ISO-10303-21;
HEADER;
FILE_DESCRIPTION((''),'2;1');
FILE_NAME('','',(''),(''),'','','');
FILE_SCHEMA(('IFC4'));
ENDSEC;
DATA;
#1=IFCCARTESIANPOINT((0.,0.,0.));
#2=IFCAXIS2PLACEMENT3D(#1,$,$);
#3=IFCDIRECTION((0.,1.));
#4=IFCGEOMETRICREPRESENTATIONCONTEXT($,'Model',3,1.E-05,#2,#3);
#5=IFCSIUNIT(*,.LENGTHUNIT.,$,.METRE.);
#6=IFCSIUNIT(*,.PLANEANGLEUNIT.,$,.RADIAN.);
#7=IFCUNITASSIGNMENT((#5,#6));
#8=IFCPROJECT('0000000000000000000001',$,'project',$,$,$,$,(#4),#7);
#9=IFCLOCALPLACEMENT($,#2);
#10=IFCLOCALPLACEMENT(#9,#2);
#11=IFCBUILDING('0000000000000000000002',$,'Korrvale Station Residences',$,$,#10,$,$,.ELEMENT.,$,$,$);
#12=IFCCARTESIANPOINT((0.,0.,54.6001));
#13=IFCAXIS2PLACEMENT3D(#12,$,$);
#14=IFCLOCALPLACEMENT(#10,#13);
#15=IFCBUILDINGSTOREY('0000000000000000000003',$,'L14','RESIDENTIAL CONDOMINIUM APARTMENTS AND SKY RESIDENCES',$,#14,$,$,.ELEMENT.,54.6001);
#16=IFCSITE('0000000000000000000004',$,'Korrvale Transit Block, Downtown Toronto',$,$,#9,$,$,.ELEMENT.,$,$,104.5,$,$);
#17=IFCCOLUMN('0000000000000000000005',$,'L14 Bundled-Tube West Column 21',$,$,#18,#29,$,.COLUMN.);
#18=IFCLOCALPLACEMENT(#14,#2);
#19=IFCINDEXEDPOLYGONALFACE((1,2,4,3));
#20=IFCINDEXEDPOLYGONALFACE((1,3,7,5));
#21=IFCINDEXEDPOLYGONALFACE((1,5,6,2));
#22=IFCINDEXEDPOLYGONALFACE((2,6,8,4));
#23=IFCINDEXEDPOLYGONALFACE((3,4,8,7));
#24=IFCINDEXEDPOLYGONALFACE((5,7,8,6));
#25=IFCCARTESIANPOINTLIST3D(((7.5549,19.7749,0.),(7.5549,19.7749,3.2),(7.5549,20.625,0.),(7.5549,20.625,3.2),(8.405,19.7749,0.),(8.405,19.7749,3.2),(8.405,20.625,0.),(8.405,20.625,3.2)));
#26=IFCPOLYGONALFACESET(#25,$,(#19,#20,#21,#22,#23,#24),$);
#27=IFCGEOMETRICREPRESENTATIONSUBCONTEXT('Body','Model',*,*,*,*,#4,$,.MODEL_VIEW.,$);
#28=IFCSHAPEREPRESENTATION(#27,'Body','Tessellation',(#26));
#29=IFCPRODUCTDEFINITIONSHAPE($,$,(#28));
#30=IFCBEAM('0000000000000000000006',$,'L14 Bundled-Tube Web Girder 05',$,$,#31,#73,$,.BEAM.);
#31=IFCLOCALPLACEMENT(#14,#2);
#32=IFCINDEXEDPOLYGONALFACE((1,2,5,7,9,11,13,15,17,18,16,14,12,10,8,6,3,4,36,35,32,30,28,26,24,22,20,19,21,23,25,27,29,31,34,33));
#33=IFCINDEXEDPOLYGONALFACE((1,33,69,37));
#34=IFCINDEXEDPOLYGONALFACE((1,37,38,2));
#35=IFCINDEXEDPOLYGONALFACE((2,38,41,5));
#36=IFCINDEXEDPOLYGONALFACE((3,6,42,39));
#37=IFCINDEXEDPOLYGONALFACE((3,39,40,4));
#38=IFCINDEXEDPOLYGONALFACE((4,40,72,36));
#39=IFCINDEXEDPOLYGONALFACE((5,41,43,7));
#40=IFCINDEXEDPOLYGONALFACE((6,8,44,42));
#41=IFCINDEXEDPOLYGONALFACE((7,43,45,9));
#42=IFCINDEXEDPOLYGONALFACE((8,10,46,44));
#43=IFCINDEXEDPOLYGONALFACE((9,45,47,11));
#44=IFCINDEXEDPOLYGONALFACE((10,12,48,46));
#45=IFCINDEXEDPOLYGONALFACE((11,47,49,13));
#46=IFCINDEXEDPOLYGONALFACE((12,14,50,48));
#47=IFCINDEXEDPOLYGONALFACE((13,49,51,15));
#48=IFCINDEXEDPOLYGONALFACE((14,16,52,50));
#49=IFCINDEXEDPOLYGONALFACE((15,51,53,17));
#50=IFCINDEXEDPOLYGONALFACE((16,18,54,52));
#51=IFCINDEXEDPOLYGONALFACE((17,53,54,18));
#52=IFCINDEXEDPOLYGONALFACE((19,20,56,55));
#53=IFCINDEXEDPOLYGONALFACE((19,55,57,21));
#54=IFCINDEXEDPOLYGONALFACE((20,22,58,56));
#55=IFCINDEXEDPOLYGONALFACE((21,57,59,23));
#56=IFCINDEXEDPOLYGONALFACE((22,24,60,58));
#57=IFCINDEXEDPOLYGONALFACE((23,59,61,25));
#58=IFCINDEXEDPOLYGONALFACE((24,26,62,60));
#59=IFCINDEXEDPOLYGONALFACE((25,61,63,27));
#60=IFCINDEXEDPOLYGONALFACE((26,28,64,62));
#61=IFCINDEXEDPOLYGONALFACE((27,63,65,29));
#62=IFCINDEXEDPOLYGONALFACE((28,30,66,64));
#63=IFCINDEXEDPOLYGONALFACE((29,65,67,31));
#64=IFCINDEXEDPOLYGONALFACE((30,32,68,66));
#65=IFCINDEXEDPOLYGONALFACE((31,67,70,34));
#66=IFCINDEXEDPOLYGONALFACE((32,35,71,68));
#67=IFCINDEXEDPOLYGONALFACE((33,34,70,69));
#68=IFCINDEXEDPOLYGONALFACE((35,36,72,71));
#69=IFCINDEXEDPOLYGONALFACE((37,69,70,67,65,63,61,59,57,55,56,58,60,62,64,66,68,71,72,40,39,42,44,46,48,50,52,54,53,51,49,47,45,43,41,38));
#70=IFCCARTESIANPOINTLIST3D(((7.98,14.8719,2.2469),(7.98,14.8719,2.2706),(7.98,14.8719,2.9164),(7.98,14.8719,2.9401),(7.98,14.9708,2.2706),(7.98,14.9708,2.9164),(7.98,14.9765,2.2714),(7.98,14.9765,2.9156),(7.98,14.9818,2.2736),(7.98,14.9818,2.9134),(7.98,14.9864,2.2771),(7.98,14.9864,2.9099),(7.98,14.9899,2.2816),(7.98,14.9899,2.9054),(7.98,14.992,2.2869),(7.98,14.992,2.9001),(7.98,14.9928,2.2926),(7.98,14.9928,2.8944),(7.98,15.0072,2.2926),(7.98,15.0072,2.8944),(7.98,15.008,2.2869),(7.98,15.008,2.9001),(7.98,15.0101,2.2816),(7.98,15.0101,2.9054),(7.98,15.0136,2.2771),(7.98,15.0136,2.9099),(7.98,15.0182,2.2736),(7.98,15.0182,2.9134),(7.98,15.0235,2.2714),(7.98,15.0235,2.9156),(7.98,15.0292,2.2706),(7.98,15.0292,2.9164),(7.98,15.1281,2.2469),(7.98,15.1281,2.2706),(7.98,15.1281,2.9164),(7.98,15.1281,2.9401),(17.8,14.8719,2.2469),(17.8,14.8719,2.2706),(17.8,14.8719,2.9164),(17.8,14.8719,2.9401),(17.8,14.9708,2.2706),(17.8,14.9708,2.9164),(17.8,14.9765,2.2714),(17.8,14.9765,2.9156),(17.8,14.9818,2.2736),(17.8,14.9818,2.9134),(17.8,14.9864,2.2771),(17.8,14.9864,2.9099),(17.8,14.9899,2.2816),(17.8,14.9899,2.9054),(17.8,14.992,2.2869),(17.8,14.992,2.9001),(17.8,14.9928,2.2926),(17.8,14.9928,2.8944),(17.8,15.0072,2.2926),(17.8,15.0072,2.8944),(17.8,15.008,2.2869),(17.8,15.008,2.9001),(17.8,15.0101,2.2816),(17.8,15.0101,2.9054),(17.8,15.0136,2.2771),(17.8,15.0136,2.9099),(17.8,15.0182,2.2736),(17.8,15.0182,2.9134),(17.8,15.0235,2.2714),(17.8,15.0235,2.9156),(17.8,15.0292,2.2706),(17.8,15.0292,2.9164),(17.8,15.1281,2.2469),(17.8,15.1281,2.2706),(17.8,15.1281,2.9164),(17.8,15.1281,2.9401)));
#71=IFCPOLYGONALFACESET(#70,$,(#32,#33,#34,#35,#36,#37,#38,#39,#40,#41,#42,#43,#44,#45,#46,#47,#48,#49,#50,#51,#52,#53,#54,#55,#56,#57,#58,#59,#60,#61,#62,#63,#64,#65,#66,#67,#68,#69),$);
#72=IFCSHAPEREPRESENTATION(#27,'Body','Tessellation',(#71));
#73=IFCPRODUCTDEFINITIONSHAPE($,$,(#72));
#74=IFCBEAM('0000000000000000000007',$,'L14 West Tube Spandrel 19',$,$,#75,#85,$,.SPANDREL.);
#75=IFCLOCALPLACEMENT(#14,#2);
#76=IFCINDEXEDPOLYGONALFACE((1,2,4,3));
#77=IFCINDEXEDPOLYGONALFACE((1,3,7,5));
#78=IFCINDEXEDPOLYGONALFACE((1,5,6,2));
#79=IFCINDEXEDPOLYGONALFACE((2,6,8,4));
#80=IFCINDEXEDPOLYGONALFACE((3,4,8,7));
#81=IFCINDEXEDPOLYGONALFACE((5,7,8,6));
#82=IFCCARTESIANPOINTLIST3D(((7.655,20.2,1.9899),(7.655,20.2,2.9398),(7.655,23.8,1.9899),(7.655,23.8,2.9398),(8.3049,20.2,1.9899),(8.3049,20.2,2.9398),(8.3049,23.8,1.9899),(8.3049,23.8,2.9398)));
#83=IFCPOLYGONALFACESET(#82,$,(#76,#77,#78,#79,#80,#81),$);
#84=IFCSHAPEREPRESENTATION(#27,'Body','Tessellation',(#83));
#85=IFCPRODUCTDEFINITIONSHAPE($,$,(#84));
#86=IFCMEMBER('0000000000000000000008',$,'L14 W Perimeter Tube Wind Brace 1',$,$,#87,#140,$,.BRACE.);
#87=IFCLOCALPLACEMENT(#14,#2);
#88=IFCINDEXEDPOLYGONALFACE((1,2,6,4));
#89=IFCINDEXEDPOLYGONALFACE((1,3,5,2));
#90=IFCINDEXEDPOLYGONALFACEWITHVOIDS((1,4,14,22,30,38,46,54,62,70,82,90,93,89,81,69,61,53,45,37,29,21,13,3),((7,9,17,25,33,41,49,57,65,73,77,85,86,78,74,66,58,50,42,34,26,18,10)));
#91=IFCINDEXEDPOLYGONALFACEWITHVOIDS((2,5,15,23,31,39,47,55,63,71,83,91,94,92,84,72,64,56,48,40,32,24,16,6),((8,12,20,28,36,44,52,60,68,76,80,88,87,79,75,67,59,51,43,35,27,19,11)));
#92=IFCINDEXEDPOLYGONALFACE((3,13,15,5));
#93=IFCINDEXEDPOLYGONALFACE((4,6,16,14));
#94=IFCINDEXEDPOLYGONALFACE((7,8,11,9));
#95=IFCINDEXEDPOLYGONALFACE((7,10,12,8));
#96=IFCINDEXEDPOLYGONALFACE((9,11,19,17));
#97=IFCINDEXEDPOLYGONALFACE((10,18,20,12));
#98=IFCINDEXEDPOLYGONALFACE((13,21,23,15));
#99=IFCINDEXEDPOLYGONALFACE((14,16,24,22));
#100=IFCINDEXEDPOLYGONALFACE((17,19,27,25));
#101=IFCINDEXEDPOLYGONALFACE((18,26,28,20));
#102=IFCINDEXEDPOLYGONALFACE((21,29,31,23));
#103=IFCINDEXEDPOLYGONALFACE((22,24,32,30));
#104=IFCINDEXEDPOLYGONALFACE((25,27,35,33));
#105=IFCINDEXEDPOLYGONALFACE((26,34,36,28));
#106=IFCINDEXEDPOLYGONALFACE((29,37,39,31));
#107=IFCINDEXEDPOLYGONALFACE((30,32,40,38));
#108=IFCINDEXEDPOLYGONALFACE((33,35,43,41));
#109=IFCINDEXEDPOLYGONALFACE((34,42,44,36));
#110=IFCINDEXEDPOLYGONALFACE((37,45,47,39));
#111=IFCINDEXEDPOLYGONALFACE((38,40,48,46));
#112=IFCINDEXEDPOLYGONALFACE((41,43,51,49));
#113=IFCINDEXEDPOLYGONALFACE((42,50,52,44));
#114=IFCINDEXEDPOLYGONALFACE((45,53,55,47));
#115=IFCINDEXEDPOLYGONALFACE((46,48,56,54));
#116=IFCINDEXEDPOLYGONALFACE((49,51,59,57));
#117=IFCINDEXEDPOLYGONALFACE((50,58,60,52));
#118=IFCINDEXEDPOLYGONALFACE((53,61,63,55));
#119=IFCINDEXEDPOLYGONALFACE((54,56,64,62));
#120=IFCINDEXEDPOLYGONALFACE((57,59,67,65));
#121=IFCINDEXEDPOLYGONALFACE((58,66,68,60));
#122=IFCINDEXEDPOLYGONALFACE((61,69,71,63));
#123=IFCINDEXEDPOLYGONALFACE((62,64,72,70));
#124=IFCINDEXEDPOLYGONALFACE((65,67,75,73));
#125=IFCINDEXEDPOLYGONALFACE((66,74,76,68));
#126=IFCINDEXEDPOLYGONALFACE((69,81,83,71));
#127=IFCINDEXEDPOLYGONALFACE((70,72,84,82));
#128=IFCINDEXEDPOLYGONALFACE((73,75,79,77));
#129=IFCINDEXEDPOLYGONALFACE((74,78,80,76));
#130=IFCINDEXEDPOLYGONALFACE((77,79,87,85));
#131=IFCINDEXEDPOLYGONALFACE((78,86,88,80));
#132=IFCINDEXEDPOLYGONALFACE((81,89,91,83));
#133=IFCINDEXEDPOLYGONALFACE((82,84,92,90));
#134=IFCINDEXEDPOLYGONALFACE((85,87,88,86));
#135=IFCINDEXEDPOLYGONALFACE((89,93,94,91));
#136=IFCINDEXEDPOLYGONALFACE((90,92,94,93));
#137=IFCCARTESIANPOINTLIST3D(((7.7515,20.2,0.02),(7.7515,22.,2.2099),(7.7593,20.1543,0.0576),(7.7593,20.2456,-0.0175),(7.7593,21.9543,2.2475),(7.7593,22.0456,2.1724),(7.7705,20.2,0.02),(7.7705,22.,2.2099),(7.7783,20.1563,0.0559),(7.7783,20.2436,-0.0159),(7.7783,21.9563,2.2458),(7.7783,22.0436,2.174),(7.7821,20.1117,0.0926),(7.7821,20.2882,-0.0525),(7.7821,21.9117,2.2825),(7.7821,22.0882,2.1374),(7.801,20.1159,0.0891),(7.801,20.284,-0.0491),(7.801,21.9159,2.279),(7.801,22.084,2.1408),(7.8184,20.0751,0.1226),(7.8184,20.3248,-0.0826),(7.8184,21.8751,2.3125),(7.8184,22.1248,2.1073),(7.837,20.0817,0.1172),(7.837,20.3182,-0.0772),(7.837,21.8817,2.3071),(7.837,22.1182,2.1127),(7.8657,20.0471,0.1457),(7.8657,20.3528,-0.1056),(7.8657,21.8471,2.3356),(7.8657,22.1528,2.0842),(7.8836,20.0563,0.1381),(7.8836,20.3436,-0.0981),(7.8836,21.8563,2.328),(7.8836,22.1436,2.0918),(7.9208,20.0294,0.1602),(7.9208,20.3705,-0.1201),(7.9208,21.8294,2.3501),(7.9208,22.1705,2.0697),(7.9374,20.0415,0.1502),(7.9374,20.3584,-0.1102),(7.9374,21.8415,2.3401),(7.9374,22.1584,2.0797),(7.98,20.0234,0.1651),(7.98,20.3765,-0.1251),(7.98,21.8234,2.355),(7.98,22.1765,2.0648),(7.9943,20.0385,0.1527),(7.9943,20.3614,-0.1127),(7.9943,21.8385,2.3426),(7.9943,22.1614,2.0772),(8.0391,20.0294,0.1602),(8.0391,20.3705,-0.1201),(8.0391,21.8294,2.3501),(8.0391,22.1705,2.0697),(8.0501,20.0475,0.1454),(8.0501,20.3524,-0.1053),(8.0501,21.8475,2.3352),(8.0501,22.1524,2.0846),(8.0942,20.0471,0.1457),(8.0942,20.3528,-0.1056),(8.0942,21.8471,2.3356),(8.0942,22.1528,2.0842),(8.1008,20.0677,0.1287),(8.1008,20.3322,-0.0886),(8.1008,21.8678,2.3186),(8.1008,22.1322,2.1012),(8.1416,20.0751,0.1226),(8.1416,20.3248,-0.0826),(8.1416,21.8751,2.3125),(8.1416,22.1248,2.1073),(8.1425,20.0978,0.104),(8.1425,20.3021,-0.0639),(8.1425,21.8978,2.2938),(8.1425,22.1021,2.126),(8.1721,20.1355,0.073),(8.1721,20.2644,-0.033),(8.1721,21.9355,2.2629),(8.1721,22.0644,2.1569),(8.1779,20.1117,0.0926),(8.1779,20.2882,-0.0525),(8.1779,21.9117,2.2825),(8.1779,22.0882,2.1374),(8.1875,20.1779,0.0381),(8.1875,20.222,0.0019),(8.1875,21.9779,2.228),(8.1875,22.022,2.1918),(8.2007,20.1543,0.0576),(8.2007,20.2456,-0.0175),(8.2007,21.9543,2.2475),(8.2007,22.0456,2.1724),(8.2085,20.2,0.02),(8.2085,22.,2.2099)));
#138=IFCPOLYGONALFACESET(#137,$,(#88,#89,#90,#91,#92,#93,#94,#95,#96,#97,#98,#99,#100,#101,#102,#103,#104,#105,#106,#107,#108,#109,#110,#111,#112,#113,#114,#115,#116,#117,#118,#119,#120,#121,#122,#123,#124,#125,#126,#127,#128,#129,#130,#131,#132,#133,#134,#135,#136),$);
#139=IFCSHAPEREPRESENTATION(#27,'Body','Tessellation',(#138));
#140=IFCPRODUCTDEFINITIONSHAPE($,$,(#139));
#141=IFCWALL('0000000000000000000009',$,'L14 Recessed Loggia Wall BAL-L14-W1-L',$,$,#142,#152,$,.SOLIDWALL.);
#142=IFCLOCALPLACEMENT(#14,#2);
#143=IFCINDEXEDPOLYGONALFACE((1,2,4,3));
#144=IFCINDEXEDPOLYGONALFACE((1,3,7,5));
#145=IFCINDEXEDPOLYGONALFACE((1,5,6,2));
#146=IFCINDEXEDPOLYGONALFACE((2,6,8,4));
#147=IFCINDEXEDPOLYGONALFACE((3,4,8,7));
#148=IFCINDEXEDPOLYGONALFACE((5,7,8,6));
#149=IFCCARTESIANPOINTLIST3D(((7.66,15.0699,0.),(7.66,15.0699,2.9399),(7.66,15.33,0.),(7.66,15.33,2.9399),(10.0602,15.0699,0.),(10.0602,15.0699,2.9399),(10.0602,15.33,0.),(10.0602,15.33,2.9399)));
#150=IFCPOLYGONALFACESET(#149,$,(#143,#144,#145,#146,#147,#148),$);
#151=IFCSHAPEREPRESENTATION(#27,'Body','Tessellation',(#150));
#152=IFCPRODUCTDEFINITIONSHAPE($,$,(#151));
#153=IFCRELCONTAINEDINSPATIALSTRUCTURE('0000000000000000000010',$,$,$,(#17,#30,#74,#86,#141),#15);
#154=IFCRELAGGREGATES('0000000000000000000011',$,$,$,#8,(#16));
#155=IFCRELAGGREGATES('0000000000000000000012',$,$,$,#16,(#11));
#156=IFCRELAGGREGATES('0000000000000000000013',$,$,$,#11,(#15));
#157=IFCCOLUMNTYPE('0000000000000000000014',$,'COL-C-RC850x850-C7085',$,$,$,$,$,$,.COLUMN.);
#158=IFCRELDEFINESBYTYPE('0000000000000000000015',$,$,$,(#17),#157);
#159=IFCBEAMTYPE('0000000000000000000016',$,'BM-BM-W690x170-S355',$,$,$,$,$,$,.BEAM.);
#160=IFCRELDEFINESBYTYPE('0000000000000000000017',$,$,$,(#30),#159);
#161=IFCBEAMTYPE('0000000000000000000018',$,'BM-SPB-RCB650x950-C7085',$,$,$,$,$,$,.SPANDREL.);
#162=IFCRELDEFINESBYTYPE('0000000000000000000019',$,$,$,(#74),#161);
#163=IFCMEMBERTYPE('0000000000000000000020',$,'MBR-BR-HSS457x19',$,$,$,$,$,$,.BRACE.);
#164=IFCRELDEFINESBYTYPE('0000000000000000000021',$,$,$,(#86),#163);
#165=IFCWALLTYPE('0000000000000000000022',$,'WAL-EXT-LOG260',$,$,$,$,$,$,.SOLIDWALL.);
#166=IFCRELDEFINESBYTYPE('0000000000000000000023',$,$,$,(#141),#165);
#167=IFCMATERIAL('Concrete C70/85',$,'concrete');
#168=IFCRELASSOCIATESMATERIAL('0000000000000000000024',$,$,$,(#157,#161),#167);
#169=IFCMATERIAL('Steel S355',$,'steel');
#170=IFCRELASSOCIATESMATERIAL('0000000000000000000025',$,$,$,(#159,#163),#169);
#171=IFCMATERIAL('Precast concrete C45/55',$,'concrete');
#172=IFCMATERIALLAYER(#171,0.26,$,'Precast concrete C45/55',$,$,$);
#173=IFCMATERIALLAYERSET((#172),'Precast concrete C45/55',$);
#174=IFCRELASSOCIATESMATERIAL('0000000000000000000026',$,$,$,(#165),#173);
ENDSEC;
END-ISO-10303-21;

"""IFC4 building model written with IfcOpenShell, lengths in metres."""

from ifc_helpers import new_model, si_unit, direction, frame, frame_2d, origin, origin_2d, place, context, subcontext, project, spatial, rectangle, hollow_circle, i_section, extrude, material, layer, layer_set, material_profile, profile_set, type_object, element, save


model = new_model("IFC4")

# Units and contexts
model_context = context("Model", 3, precision=1e-05, world=origin(), true_north=direction((0.0, 1.0)))
body_context = subcontext(model_context, "Body", "Model", "MODEL_VIEW")
ifc_project = project(units=[si_unit("LENGTHUNIT", "METRE"), si_unit("PLANEANGLEUNIT", "RADIAN")], contexts=[model_context])

# Site, building, storey
site_placement = place(None, origin())
site = spatial("IfcSite", under=ifc_project, at=site_placement, Name="Korrvale Transit Block, Downtown Toronto", CompositionType="ELEMENT", RefElevation=104.5)
building_placement = place(site_placement, origin())
building = spatial("IfcBuilding", under=site, at=building_placement, Name="Korrvale Station Residences", CompositionType="ELEMENT")
storey_placement = place(building_placement, frame((0.0, 0.0, 54.6001)))
storey = spatial("IfcBuildingStorey", under=building, at=storey_placement, Name="L14", Description="RESIDENTIAL CONDOMINIUM APARTMENTS AND SKY RESIDENCES", CompositionType="ELEMENT", Elevation=54.6001)

# Column
ifc_material_1 = material(Name="Concrete C70/85", Category="concrete")
ifc_material_profile_1 = material_profile(ifc_material_1, rectangle(XDim=0.8501, YDim=0.8501, at=origin_2d()), Name="RC850x850")
ifc_profile_set_1 = profile_set([ifc_material_profile_1], Name="Concrete C70/85")
column_type = type_object("IfcColumnType", Name="COL-C-RC850x850-C7085", PredefinedType="COLUMN", material=ifc_profile_set_1)
column_placement = place(storey_placement, frame((7.98, 20.2, 0.0), z_axis=(0.0, 0.0, 1.0), x_axis=(1.0, 0.0, 0.0)))
element("IfcColumn", 1, at=column_placement, inside=storey, type_object=column_type, Name="L14 Bundled-Tube West Column 21", PredefinedType="COLUMN", context=body_context, shape_type="SweptSolid", body=[
    extrude(rectangle(XDim=0.8501, YDim=0.8501, at=origin_2d()), origin(), (0.0, 0.0, 1.0), 3.2),
])

# Beams
ifc_material_2 = material(Name="Steel S355", Category="steel")
ifc_material_profile_2 = material_profile(ifc_material_2, i_section(OverallWidth=0.2561, OverallDepth=0.6931, WebThickness=0.0144, FlangeThickness=0.0237, FilletRadius=0.022, at=origin_2d()), Name="W690x170")
ifc_profile_set_2 = profile_set([ifc_material_profile_2], Name="Steel S355")
beam_type_1 = type_object("IfcBeamType", Name="BM-BM-W690x170-S355", PredefinedType="BEAM", material=ifc_profile_set_2)
beam_1_placement = place(storey_placement, frame((7.98, 15.0, 2.5935), z_axis=(1.0, 0.0, 0.0), x_axis=(0.0, 1.0, 0.0)))
element("IfcBeam", 2, at=beam_1_placement, inside=storey, type_object=beam_type_1, Name="L14 Bundled-Tube Web Girder 05", PredefinedType="BEAM", context=body_context, shape_type="SweptSolid", body=[
    extrude(i_section(OverallWidth=0.2561, OverallDepth=0.6931, WebThickness=0.0144, FlangeThickness=0.0237, FilletRadius=0.022, at=origin_2d()), origin(), (0.0, 0.0, 1.0), 9.8201),
])
ifc_material_profile_3 = material_profile(ifc_material_1, rectangle(XDim=0.6499, YDim=0.95, at=origin_2d()), Name="RCB650x950")
ifc_profile_set_3 = profile_set([ifc_material_profile_3], Name="Concrete C70/85")
beam_type_2 = type_object("IfcBeamType", Name="BM-SPB-RCB650x950-C7085", PredefinedType="SPANDREL", material=ifc_profile_set_3)
beam_2_placement = place(storey_placement, frame((7.98, 20.2, 2.4648), z_axis=(0.0, 1.0, 0.0), x_axis=(-1.0, 0.0, 0.0)))
element("IfcBeam", 3, at=beam_2_placement, inside=storey, type_object=beam_type_2, Name="L14 West Tube Spandrel 19", PredefinedType="SPANDREL", context=body_context, shape_type="SweptSolid", body=[
    extrude(rectangle(XDim=0.6499, YDim=0.95, at=origin_2d()), origin(), (0.0, 0.0, 1.0), 3.6001),
])

# Member
ifc_material_profile_4 = material_profile(ifc_material_2, hollow_circle(Radius=0.2285, WallThickness=0.019, at=origin_2d()), Name="HSS457x19")
ifc_profile_set_4 = profile_set([ifc_material_profile_4], Name="Steel S355")
member_type = type_object("IfcMemberType", Name="MBR-BR-HSS457x19", PredefinedType="BRACE", material=ifc_profile_set_4)
member_placement = place(storey_placement, frame((7.98, 20.2, 0.02), z_axis=(0.0, 0.634985, 0.772524), x_axis=(-1.0, 0.0, 0.0)))
element("IfcMember", 4, at=member_placement, inside=storey, type_object=member_type, Name="L14 W Perimeter Tube Wind Brace 1", PredefinedType="BRACE", context=body_context, shape_type="SweptSolid", body=[
    extrude(hollow_circle(Radius=0.2285, WallThickness=0.019, at=origin_2d()), origin(), (0.0, 0.0, 1.0), 2.8347),
])

# Wall
ifc_material_3 = material(Name="Precast concrete C45/55", Category="concrete")
ifc_layer_1 = layer(ifc_material_3, 0.26, Name="Precast concrete C45/55")
ifc_layer_set_1 = layer_set([ifc_layer_1], Name="Precast concrete C45/55")
wall_type_1 = type_object("IfcWallType", Name="WAL-EXT-LOG260", PredefinedType="SOLIDWALL", material=ifc_layer_set_1)
wall_1_placement = place(storey_placement, frame((7.6599, 15.2, 0.0), z_axis=(0.0, 0.0, 1.0), x_axis=(1.0, 0.0, 0.0)))
element("IfcWall", 5, at=wall_1_placement, inside=storey, type_object=wall_type_1, Name="L14 Recessed Loggia Wall BAL-L14-W1-L", PredefinedType="SOLIDWALL", context=body_context, shape_type="SweptSolid", body=[
    extrude(rectangle(XDim=2.4001, YDim=0.26, at=frame_2d((1.2002, 0.0))), origin(), (0.0, 0.0, 1.0), 2.9399),
])

save(model, "model.ifc")
